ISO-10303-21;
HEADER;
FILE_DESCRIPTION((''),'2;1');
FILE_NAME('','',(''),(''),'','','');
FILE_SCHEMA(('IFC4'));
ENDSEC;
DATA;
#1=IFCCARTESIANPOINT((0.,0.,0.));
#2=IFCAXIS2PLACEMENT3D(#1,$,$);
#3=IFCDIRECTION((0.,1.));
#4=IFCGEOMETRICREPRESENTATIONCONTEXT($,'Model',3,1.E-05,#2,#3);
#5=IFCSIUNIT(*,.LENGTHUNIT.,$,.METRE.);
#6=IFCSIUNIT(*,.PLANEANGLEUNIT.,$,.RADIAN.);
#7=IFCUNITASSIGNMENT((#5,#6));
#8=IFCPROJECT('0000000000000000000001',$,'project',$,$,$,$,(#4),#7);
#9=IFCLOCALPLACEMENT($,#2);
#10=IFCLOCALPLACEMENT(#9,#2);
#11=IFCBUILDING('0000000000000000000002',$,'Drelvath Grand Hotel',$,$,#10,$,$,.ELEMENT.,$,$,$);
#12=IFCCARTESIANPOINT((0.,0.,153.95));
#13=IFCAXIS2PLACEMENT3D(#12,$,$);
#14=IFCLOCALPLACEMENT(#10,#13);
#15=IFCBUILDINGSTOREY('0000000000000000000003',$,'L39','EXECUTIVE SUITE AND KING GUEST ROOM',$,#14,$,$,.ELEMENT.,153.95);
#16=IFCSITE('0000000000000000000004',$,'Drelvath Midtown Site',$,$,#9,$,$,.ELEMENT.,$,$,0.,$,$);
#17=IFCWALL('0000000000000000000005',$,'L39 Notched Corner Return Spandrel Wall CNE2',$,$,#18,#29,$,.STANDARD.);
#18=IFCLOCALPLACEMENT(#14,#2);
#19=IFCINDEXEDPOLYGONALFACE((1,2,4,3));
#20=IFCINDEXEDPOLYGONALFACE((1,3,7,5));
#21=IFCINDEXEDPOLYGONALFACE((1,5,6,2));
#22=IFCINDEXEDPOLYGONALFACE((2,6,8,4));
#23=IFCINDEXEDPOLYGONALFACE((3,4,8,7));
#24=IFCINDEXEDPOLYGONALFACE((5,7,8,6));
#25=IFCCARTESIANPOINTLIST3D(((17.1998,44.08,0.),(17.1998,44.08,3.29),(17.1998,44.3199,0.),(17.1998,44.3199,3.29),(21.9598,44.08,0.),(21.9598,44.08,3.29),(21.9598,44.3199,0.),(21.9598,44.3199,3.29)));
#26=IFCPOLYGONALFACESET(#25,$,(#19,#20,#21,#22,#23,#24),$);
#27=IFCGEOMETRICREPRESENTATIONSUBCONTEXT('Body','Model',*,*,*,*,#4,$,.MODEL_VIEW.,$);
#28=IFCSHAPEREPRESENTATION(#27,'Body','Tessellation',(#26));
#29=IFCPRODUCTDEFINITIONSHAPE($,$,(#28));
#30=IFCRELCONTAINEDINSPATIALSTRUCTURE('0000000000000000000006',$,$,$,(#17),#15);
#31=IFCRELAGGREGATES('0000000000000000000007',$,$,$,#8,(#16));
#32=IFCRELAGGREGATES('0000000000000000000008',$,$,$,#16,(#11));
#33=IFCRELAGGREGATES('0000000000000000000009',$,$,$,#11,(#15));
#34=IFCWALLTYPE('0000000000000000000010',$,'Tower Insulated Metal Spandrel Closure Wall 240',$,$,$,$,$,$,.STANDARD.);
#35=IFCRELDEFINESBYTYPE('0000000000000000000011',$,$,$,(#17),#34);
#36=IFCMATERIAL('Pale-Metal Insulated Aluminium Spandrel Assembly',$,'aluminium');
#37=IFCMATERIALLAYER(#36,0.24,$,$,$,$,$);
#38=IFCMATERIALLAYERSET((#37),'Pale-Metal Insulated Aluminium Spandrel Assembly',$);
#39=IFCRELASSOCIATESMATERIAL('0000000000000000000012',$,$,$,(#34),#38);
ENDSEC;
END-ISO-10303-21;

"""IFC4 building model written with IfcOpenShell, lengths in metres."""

from ifc_helpers import new_model, si_unit, direction, frame, frame_2d, origin, place, context, subcontext, project, spatial, rectangle, extrude, material, layer, layer_set, type_object, element, save


model = new_model("IFC4")

# Units and contexts
model_context = context("Model", 3, precision=1e-05, world=origin(), true_north=direction((0.0, 1.0)))
body_context = subcontext(model_context, "Body", "Model", "MODEL_VIEW")
ifc_project = project(units=[si_unit("LENGTHUNIT", "METRE"), si_unit("PLANEANGLEUNIT", "RADIAN")], contexts=[model_context])

# Site, building, storey
site_placement = place(None, origin())
site = spatial("IfcSite", under=ifc_project, at=site_placement, Name="Drelvath Midtown Site", CompositionType="ELEMENT", RefElevation=0.0)
building_placement = place(site_placement, origin())
building = spatial("IfcBuilding", under=site, at=building_placement, Name="Drelvath Grand Hotel", CompositionType="ELEMENT")
storey_placement = place(building_placement, frame((0.0, 0.0, 153.95)))
storey = spatial("IfcBuildingStorey", under=building, at=storey_placement, Name="L39", Description="EXECUTIVE SUITE AND KING GUEST ROOM", CompositionType="ELEMENT", Elevation=153.95)

# Wall
ifc_material_1 = material(Name="Pale-Metal Insulated Aluminium Spandrel Assembly", Category="aluminium")
ifc_layer_1 = layer(ifc_material_1, 0.24)
ifc_layer_set_1 = layer_set([ifc_layer_1], Name="Pale-Metal Insulated Aluminium Spandrel Assembly")
wall_type_1 = type_object("IfcWallType", Name="Tower Insulated Metal Spandrel Closure Wall 240", PredefinedType="STANDARD", material=ifc_layer_set_1)
for number, where, z_axis, x_axis, name in (
    (1, (17.2, 44.2, 0.0), (0.0, 0.0, 1.0), (1.0, 0.0, 0.0), "L39 Notched Corner Return Spandrel Wall CNE2"),
):
    element("IfcWall", number, at=place(storey_placement, frame(where, z_axis=z_axis, x_axis=x_axis)), inside=storey, type_object=wall_type_1, Name=name, PredefinedType="STANDARD", context=body_context, shape_type="SweptSolid", body=[
        extrude(rectangle(XDim=4.76, YDim=0.24, at=frame_2d((2.3799, 0.0))), origin(), (0.0, 0.0, 1.0), 3.29),
    ])

save(model, "model.ifc")
